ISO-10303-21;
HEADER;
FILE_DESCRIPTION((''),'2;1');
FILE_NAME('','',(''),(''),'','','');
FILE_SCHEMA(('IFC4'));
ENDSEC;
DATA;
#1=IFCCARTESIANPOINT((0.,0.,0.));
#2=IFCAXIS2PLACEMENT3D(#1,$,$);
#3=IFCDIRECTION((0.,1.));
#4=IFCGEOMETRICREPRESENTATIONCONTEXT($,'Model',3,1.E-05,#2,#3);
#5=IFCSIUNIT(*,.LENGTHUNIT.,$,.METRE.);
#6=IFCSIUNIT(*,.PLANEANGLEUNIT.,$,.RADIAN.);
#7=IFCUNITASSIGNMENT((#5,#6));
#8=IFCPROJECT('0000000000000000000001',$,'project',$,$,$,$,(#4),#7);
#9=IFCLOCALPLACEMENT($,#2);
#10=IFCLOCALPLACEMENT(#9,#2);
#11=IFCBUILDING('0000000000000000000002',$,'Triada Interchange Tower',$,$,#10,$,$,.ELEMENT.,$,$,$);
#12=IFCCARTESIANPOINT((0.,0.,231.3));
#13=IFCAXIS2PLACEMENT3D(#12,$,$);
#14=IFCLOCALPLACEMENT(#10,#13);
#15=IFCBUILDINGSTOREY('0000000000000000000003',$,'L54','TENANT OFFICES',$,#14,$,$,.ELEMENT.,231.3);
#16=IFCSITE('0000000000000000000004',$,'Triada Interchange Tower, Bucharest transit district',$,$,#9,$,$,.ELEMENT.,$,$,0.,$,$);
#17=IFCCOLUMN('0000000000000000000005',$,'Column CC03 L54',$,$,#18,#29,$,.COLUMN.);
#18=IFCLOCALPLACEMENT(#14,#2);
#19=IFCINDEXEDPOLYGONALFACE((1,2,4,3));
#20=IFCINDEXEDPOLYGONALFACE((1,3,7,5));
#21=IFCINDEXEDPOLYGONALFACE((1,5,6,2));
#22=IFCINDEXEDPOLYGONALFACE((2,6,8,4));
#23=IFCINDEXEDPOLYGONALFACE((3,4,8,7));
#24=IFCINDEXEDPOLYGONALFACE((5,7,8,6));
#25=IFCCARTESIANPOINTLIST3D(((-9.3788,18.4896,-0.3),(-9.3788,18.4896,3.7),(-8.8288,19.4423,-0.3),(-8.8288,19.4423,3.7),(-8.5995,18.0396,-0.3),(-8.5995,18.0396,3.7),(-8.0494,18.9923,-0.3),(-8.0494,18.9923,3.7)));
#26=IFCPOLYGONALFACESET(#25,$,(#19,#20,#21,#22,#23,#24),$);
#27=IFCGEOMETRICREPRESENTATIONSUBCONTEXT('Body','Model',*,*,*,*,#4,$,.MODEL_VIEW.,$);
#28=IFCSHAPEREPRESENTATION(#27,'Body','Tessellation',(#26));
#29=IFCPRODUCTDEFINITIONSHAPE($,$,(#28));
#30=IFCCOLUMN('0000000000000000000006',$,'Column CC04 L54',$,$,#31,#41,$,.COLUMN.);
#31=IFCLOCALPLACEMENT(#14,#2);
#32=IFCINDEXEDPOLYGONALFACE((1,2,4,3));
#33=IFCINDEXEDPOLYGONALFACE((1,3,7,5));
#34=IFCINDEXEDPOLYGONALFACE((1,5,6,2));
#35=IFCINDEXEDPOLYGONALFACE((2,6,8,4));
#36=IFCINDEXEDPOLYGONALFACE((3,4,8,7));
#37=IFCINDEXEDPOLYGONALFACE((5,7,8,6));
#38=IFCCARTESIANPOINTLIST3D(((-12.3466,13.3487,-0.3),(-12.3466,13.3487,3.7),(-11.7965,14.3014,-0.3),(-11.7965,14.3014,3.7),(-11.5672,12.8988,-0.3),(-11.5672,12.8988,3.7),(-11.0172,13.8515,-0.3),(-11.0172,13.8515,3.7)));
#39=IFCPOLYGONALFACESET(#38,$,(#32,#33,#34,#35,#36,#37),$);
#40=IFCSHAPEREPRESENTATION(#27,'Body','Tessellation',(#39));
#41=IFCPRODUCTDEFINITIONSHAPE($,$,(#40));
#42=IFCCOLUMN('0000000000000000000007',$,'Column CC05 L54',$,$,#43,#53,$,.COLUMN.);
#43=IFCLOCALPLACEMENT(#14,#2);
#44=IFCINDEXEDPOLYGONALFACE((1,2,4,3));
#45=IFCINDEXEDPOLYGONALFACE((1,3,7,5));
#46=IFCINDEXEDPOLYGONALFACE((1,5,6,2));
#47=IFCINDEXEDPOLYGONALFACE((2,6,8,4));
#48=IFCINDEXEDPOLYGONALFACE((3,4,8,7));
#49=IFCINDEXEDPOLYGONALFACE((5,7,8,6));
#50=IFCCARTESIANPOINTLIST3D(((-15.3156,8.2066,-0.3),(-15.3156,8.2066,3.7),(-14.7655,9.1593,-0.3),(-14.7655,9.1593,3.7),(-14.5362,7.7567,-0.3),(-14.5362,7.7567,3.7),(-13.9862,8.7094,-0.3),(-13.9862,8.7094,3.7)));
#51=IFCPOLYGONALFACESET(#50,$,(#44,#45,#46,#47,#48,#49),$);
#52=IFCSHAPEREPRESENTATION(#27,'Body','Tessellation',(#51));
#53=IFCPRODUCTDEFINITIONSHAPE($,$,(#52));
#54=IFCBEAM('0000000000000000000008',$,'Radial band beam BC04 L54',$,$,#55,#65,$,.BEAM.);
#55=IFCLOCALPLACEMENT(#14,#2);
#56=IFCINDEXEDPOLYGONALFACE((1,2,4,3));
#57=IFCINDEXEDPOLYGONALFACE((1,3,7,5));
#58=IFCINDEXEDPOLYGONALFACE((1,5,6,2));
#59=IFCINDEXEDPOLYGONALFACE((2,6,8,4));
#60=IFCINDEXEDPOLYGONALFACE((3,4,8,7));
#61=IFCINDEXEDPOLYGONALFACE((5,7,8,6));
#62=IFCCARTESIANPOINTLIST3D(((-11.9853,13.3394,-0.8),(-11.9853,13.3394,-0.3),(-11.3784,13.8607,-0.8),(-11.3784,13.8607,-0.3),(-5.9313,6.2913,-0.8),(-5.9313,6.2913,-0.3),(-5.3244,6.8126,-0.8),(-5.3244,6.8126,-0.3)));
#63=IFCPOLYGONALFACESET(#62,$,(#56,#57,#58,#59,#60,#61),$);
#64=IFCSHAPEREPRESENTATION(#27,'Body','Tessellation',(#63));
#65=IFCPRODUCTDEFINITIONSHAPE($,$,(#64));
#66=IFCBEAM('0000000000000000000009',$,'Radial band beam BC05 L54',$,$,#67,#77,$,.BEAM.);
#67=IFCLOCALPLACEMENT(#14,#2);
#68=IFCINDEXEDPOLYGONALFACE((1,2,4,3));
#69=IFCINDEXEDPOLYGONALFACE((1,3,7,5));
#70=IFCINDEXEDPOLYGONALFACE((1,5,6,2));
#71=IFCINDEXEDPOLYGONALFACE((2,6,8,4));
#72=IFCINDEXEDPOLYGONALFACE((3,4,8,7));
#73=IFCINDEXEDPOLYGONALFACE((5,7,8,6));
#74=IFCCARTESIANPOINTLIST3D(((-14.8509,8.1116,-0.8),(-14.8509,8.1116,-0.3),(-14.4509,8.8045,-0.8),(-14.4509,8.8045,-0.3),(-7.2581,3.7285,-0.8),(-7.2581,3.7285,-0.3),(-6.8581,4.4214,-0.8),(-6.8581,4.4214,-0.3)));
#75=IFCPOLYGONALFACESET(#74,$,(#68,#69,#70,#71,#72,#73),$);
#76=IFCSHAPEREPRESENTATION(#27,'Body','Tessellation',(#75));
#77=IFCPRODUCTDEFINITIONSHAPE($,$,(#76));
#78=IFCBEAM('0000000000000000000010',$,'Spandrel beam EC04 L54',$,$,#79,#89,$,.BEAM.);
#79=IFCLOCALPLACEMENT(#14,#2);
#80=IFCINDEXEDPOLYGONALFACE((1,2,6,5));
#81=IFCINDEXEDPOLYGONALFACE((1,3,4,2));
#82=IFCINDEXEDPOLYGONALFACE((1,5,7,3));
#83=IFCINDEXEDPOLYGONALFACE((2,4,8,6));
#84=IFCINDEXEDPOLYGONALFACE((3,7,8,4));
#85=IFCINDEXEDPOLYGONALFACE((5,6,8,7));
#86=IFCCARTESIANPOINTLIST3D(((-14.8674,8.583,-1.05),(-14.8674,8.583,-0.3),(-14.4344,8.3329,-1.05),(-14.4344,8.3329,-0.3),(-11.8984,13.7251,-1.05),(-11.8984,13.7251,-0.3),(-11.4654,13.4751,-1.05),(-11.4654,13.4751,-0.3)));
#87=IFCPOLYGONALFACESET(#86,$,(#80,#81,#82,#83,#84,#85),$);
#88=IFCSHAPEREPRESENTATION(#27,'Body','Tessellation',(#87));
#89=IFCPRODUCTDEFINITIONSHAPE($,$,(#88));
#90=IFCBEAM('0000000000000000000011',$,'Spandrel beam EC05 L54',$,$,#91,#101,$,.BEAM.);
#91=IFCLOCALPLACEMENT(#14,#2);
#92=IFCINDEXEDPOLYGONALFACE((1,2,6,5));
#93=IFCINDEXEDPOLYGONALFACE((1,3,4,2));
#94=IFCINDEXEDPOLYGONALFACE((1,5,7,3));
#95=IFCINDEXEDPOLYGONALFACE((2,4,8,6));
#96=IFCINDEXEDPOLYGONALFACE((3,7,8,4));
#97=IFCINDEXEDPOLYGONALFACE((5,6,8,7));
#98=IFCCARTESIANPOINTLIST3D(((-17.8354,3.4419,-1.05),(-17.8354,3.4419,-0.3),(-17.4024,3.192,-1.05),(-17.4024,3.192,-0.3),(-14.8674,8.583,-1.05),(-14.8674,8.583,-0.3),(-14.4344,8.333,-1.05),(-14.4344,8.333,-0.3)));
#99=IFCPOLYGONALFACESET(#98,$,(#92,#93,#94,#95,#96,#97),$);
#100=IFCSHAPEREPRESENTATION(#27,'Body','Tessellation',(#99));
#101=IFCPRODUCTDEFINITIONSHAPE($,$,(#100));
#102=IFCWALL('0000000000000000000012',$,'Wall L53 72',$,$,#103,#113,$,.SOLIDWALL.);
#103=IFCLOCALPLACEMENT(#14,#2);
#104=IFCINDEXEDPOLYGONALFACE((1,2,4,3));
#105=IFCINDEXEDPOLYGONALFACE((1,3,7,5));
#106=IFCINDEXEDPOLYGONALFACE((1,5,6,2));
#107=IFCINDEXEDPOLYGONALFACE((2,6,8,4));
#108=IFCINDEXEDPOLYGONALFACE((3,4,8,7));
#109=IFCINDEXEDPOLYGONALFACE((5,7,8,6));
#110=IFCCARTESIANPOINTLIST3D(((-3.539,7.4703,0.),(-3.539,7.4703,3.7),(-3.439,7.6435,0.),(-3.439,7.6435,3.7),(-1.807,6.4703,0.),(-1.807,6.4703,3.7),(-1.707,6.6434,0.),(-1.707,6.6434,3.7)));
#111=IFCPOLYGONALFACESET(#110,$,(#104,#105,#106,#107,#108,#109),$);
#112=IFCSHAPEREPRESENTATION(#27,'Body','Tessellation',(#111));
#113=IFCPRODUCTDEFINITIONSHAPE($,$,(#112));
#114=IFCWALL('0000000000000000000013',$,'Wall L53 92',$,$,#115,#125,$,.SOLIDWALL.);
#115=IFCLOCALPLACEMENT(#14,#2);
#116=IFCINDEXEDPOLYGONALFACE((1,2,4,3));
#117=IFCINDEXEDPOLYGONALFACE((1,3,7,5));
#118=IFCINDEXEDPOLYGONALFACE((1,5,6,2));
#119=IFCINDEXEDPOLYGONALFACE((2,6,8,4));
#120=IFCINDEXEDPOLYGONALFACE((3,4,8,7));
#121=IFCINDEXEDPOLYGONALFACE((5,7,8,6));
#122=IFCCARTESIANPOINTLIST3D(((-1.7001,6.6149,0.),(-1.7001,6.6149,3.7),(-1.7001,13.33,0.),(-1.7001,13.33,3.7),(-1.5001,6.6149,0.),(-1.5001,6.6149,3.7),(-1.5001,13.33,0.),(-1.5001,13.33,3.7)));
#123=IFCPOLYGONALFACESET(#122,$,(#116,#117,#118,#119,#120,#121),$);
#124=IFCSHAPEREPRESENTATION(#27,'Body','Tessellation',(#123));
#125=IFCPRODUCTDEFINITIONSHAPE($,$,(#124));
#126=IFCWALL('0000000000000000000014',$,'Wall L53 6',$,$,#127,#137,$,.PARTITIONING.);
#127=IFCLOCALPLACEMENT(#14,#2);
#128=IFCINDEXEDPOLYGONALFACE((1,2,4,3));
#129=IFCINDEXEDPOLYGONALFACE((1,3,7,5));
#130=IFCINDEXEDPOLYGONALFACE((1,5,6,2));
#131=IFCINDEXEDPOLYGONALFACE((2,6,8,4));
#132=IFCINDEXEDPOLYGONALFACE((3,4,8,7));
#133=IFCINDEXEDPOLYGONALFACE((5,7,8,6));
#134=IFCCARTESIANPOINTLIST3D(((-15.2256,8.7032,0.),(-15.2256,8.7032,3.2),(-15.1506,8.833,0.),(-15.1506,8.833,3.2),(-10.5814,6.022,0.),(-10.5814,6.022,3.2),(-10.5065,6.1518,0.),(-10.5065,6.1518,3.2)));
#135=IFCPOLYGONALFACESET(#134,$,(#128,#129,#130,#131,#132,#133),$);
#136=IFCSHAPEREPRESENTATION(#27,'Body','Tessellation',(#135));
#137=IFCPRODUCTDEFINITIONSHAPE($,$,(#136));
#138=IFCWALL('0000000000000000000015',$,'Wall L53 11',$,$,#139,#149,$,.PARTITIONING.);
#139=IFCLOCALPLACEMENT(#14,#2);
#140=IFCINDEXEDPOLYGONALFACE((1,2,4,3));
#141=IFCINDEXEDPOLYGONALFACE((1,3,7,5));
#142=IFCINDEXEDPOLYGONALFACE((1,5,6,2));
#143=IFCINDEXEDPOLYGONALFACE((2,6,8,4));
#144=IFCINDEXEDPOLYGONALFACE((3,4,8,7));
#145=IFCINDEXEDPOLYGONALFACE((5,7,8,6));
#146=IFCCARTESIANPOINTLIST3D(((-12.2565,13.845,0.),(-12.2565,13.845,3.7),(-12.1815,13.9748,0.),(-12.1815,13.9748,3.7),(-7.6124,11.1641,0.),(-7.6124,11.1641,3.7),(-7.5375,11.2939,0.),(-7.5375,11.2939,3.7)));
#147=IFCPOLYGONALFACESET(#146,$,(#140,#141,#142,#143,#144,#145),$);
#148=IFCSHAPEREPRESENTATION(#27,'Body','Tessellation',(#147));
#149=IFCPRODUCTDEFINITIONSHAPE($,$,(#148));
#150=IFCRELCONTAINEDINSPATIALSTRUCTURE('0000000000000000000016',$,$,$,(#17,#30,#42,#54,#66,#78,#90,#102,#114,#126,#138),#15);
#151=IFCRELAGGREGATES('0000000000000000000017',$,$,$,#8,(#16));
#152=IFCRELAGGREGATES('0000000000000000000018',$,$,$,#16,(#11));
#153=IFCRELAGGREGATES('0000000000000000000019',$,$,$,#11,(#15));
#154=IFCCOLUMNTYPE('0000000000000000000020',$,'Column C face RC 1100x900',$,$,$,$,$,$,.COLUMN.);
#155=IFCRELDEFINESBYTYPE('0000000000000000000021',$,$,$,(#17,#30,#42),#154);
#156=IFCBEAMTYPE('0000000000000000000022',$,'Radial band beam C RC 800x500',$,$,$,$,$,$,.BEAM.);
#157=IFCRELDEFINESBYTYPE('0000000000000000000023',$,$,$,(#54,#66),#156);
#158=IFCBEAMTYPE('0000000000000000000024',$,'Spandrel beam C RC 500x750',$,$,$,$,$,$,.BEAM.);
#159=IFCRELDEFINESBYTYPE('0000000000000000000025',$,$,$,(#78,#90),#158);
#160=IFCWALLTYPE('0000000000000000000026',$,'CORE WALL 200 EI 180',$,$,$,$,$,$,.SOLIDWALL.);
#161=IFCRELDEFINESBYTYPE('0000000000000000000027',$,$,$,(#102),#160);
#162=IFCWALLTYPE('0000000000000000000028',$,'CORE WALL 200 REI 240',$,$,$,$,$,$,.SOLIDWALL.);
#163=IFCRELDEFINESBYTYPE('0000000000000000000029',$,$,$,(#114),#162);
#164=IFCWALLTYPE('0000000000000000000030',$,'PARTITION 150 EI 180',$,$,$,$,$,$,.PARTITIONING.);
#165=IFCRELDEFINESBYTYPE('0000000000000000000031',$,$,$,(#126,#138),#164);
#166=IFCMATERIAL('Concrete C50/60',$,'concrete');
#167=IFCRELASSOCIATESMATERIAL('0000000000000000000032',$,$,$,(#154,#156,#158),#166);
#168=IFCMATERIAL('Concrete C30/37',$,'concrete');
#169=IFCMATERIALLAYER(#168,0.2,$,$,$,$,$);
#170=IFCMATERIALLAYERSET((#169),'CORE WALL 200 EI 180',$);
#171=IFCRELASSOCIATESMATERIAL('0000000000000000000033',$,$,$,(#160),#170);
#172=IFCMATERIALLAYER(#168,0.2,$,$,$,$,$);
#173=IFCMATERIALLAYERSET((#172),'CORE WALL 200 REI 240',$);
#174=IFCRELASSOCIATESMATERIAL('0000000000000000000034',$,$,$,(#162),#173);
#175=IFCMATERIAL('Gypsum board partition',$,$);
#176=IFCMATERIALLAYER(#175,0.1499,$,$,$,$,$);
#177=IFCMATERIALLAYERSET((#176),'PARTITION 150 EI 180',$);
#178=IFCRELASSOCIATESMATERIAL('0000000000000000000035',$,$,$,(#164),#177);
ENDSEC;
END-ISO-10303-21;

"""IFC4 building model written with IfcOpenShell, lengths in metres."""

from ifc_helpers import new_model, si_unit, direction, frame, frame_2d, origin, origin_2d, place, context, subcontext, project, spatial, rectangle, extrude, material, layer, layer_set, material_profile, profile_set, type_object, element, save


model = new_model("IFC4")

# Units and contexts
model_context = context("Model", 3, precision=1e-05, world=origin(), true_north=direction((0.0, 1.0)))
body_context = subcontext(model_context, "Body", "Model", "MODEL_VIEW")
ifc_project = project(units=[si_unit("LENGTHUNIT", "METRE"), si_unit("PLANEANGLEUNIT", "RADIAN")], contexts=[model_context])

# Site, building, storey
site_placement = place(None, origin())
site = spatial("IfcSite", under=ifc_project, at=site_placement, Name="Triada Interchange Tower, Bucharest transit district", CompositionType="ELEMENT", RefElevation=0.0)
building_placement = place(site_placement, origin())
building = spatial("IfcBuilding", under=site, at=building_placement, Name="Triada Interchange Tower", CompositionType="ELEMENT")
storey_placement = place(building_placement, frame((0.0, 0.0, 231.3)))
storey = spatial("IfcBuildingStorey", under=building, at=storey_placement, Name="L54", Description="TENANT OFFICES", CompositionType="ELEMENT", Elevation=231.3)

# Columns
ifc_material_1 = material(Name="Concrete C50/60", Category="concrete")
ifc_material_profile_1 = material_profile(ifc_material_1, rectangle(XDim=1.1001, YDim=0.8999, at=origin_2d()), Name="RC 1100x900")
ifc_profile_set_1 = profile_set([ifc_material_profile_1], Name="Concrete C50/60")
column_type = type_object("IfcColumnType", Name="Column C face RC 1100x900", PredefinedType="COLUMN", material=ifc_profile_set_1)
for number, where, z_axis, x_axis, name in (
    (1, (-8.7141, 18.741, -0.3), (0.0, 0.0, 1.0), (0.5, 0.866025, 0.0), "Column CC03 L54"),
    (2, (-11.6819, 13.6001, -0.3), (0.0, 0.0, 1.0), (0.5, 0.866025, 0.0), "Column CC04 L54"),
    (3, (-14.6509, 8.458, -0.3), (0.0, 0.0, 1.0), (0.5, 0.866025, 0.0), "Column CC05 L54"),
):
    element("IfcColumn", number, at=place(storey_placement, frame(where, z_axis=z_axis, x_axis=x_axis)), inside=storey, type_object=column_type, Name=name, PredefinedType="COLUMN", context=body_context, shape_type="SweptSolid", body=[
        extrude(rectangle(XDim=1.1001, YDim=0.8999, at=origin_2d()), origin(), (0.0, 0.0, 1.0), 4.0),
    ])

# Beams
ifc_material_profile_2 = material_profile(ifc_material_1, rectangle(XDim=0.8, YDim=0.5, at=origin_2d()), Name="RC 800x500")
ifc_profile_set_2 = profile_set([ifc_material_profile_2], Name="Concrete C50/60")
beam_type_1 = type_object("IfcBeamType", Name="Radial band beam C RC 800x500", PredefinedType="BEAM", material=ifc_profile_set_2)
beam_1_placement = place(storey_placement, frame((-11.6819, 13.6001, -0.55), z_axis=(0.651581, -0.758579, 0.0), x_axis=(0.758579, 0.651581, 0.0)))
element("IfcBeam", 4, at=beam_1_placement, inside=storey, type_object=beam_type_1, Name="Radial band beam BC04 L54", PredefinedType="BEAM", context=body_context, shape_type="SweptSolid", body=[
    extrude(rectangle(XDim=0.8, YDim=0.5, at=origin_2d()), origin(), (0.0, 0.0, 1.0), 9.2913),
])
beam_2_placement = place(storey_placement, frame((-14.6509, 8.458, -0.55), z_axis=(0.866057, -0.499946, 0.0), x_axis=(0.499946, 0.866057, 0.0)))
element("IfcBeam", 5, at=beam_2_placement, inside=storey, type_object=beam_type_1, Name="Radial band beam BC05 L54", PredefinedType="BEAM", context=body_context, shape_type="SweptSolid", body=[
    extrude(rectangle(XDim=0.8, YDim=0.5, at=origin_2d()), origin(), (0.0, 0.0, 1.0), 8.7671),
])
ifc_material_profile_3 = material_profile(ifc_material_1, rectangle(XDim=0.5, YDim=0.75, at=origin_2d()), Name="RC 500x750")
ifc_profile_set_3 = profile_set([ifc_material_profile_3], Name="Concrete C50/60")
beam_type_2 = type_object("IfcBeamType", Name="Spandrel beam C RC 500x750", PredefinedType="BEAM", material=ifc_profile_set_3)
beam_3_placement = place(storey_placement, frame((-11.6819, 13.6001, -0.675), z_axis=(-0.500026, -0.86601, 0.0), x_axis=(0.86601, -0.500026, 0.0)))
element("IfcBeam", 6, at=beam_3_placement, inside=storey, type_object=beam_type_2, Name="Spandrel beam EC04 L54", PredefinedType="BEAM", context=body_context, shape_type="SweptSolid", body=[
    extrude(rectangle(XDim=0.5, YDim=0.75, at=origin_2d()), origin(), (0.0, 0.0, 1.0), 5.9377),
])
beam_4_placement = place(storey_placement, frame((-14.6509, 8.458, -0.675), z_axis=(-0.499974, -0.86604, 0.0), x_axis=(0.86604, -0.499974, 0.0)))
element("IfcBeam", 7, at=beam_4_placement, inside=storey, type_object=beam_type_2, Name="Spandrel beam EC05 L54", PredefinedType="BEAM", context=body_context, shape_type="SweptSolid", body=[
    extrude(rectangle(XDim=0.5, YDim=0.75, at=origin_2d()), origin(), (0.0, 0.0, 1.0), 5.9363),
])

# Walls
ifc_material_2 = material(Name="Concrete C30/37", Category="concrete")
ifc_layer_1 = layer(ifc_material_2, 0.2)
ifc_layer_set_1 = layer_set([ifc_layer_1], Name="CORE WALL 200 EI 180")
wall_type_1 = type_object("IfcWallType", Name="CORE WALL 200 EI 180", PredefinedType="SOLIDWALL", material=ifc_layer_set_1)
wall_1_placement = place(storey_placement, frame((-3.489, 7.5569, 0.0), z_axis=(0.0, 0.0, 1.0), x_axis=(0.866011, -0.500025, 0.0)))
element("IfcWall", 8, at=wall_1_placement, inside=storey, type_object=wall_type_1, Name="Wall L53 72", PredefinedType="SOLIDWALL", context=body_context, shape_type="SweptSolid", body=[
    extrude(rectangle(XDim=2.0, YDim=0.2, at=frame_2d((1.0, 0.0))), origin(), (0.0, 0.0, 1.0), 3.7),
])
ifc_layer_2 = layer(ifc_material_2, 0.2)
ifc_layer_set_2 = layer_set([ifc_layer_2], Name="CORE WALL 200 REI 240")
wall_type_2 = type_object("IfcWallType", Name="CORE WALL 200 REI 240", PredefinedType="SOLIDWALL", material=ifc_layer_set_2)
wall_2_placement = place(storey_placement, frame((-1.6001, 6.615, 0.0), z_axis=(0.0, 0.0, 1.0), x_axis=(0.0, 1.0, 0.0)))
element("IfcWall", 9, at=wall_2_placement, inside=storey, type_object=wall_type_2, Name="Wall L53 92", PredefinedType="SOLIDWALL", context=body_context, shape_type="SweptSolid", body=[
    extrude(rectangle(XDim=6.7151, YDim=0.2, at=frame_2d((3.3574, 0.0))), origin(), (0.0, 0.0, 1.0), 3.7),
])

# Walls
ifc_material_3 = material(Name="Gypsum board partition")
ifc_layer_3 = layer(ifc_material_3, 0.1499)
ifc_layer_set_3 = layer_set([ifc_layer_3], Name="PARTITION 150 EI 180")
wall_type_3 = type_object("IfcWallType", Name="PARTITION 150 EI 180", PredefinedType="PARTITIONING", material=ifc_layer_set_3)
wall_3_placement = place(storey_placement, frame((-15.188, 8.7681, 0.0), z_axis=(0.0, 0.0, 1.0), x_axis=(0.866032, -0.499988, 0.0)))
element("IfcWall", 10, at=wall_3_placement, inside=storey, type_object=wall_type_3, Name="Wall L53 6", PredefinedType="PARTITIONING", context=body_context, shape_type="SweptSolid", body=[
    extrude(rectangle(XDim=5.3625, YDim=0.1499, at=frame_2d((2.6812, 0.0))), origin(), (0.0, 0.0, 1.0), 3.2),
])
wall_4_placement = place(storey_placement, frame((-12.219, 13.9099, 0.0), z_axis=(0.0, 0.0, 1.0), x_axis=(0.866052, -0.499954, 0.0)))
element("IfcWall", 11, at=wall_4_placement, inside=storey, type_object=wall_type_3, Name="Wall L53 11", PredefinedType="PARTITIONING", context=body_context, shape_type="SweptSolid", body=[
    extrude(rectangle(XDim=5.3623, YDim=0.1499, at=frame_2d((2.6812, 0.0))), origin(), (0.0, 0.0, 1.0), 3.7),
])

save(model, "model.ifc")
